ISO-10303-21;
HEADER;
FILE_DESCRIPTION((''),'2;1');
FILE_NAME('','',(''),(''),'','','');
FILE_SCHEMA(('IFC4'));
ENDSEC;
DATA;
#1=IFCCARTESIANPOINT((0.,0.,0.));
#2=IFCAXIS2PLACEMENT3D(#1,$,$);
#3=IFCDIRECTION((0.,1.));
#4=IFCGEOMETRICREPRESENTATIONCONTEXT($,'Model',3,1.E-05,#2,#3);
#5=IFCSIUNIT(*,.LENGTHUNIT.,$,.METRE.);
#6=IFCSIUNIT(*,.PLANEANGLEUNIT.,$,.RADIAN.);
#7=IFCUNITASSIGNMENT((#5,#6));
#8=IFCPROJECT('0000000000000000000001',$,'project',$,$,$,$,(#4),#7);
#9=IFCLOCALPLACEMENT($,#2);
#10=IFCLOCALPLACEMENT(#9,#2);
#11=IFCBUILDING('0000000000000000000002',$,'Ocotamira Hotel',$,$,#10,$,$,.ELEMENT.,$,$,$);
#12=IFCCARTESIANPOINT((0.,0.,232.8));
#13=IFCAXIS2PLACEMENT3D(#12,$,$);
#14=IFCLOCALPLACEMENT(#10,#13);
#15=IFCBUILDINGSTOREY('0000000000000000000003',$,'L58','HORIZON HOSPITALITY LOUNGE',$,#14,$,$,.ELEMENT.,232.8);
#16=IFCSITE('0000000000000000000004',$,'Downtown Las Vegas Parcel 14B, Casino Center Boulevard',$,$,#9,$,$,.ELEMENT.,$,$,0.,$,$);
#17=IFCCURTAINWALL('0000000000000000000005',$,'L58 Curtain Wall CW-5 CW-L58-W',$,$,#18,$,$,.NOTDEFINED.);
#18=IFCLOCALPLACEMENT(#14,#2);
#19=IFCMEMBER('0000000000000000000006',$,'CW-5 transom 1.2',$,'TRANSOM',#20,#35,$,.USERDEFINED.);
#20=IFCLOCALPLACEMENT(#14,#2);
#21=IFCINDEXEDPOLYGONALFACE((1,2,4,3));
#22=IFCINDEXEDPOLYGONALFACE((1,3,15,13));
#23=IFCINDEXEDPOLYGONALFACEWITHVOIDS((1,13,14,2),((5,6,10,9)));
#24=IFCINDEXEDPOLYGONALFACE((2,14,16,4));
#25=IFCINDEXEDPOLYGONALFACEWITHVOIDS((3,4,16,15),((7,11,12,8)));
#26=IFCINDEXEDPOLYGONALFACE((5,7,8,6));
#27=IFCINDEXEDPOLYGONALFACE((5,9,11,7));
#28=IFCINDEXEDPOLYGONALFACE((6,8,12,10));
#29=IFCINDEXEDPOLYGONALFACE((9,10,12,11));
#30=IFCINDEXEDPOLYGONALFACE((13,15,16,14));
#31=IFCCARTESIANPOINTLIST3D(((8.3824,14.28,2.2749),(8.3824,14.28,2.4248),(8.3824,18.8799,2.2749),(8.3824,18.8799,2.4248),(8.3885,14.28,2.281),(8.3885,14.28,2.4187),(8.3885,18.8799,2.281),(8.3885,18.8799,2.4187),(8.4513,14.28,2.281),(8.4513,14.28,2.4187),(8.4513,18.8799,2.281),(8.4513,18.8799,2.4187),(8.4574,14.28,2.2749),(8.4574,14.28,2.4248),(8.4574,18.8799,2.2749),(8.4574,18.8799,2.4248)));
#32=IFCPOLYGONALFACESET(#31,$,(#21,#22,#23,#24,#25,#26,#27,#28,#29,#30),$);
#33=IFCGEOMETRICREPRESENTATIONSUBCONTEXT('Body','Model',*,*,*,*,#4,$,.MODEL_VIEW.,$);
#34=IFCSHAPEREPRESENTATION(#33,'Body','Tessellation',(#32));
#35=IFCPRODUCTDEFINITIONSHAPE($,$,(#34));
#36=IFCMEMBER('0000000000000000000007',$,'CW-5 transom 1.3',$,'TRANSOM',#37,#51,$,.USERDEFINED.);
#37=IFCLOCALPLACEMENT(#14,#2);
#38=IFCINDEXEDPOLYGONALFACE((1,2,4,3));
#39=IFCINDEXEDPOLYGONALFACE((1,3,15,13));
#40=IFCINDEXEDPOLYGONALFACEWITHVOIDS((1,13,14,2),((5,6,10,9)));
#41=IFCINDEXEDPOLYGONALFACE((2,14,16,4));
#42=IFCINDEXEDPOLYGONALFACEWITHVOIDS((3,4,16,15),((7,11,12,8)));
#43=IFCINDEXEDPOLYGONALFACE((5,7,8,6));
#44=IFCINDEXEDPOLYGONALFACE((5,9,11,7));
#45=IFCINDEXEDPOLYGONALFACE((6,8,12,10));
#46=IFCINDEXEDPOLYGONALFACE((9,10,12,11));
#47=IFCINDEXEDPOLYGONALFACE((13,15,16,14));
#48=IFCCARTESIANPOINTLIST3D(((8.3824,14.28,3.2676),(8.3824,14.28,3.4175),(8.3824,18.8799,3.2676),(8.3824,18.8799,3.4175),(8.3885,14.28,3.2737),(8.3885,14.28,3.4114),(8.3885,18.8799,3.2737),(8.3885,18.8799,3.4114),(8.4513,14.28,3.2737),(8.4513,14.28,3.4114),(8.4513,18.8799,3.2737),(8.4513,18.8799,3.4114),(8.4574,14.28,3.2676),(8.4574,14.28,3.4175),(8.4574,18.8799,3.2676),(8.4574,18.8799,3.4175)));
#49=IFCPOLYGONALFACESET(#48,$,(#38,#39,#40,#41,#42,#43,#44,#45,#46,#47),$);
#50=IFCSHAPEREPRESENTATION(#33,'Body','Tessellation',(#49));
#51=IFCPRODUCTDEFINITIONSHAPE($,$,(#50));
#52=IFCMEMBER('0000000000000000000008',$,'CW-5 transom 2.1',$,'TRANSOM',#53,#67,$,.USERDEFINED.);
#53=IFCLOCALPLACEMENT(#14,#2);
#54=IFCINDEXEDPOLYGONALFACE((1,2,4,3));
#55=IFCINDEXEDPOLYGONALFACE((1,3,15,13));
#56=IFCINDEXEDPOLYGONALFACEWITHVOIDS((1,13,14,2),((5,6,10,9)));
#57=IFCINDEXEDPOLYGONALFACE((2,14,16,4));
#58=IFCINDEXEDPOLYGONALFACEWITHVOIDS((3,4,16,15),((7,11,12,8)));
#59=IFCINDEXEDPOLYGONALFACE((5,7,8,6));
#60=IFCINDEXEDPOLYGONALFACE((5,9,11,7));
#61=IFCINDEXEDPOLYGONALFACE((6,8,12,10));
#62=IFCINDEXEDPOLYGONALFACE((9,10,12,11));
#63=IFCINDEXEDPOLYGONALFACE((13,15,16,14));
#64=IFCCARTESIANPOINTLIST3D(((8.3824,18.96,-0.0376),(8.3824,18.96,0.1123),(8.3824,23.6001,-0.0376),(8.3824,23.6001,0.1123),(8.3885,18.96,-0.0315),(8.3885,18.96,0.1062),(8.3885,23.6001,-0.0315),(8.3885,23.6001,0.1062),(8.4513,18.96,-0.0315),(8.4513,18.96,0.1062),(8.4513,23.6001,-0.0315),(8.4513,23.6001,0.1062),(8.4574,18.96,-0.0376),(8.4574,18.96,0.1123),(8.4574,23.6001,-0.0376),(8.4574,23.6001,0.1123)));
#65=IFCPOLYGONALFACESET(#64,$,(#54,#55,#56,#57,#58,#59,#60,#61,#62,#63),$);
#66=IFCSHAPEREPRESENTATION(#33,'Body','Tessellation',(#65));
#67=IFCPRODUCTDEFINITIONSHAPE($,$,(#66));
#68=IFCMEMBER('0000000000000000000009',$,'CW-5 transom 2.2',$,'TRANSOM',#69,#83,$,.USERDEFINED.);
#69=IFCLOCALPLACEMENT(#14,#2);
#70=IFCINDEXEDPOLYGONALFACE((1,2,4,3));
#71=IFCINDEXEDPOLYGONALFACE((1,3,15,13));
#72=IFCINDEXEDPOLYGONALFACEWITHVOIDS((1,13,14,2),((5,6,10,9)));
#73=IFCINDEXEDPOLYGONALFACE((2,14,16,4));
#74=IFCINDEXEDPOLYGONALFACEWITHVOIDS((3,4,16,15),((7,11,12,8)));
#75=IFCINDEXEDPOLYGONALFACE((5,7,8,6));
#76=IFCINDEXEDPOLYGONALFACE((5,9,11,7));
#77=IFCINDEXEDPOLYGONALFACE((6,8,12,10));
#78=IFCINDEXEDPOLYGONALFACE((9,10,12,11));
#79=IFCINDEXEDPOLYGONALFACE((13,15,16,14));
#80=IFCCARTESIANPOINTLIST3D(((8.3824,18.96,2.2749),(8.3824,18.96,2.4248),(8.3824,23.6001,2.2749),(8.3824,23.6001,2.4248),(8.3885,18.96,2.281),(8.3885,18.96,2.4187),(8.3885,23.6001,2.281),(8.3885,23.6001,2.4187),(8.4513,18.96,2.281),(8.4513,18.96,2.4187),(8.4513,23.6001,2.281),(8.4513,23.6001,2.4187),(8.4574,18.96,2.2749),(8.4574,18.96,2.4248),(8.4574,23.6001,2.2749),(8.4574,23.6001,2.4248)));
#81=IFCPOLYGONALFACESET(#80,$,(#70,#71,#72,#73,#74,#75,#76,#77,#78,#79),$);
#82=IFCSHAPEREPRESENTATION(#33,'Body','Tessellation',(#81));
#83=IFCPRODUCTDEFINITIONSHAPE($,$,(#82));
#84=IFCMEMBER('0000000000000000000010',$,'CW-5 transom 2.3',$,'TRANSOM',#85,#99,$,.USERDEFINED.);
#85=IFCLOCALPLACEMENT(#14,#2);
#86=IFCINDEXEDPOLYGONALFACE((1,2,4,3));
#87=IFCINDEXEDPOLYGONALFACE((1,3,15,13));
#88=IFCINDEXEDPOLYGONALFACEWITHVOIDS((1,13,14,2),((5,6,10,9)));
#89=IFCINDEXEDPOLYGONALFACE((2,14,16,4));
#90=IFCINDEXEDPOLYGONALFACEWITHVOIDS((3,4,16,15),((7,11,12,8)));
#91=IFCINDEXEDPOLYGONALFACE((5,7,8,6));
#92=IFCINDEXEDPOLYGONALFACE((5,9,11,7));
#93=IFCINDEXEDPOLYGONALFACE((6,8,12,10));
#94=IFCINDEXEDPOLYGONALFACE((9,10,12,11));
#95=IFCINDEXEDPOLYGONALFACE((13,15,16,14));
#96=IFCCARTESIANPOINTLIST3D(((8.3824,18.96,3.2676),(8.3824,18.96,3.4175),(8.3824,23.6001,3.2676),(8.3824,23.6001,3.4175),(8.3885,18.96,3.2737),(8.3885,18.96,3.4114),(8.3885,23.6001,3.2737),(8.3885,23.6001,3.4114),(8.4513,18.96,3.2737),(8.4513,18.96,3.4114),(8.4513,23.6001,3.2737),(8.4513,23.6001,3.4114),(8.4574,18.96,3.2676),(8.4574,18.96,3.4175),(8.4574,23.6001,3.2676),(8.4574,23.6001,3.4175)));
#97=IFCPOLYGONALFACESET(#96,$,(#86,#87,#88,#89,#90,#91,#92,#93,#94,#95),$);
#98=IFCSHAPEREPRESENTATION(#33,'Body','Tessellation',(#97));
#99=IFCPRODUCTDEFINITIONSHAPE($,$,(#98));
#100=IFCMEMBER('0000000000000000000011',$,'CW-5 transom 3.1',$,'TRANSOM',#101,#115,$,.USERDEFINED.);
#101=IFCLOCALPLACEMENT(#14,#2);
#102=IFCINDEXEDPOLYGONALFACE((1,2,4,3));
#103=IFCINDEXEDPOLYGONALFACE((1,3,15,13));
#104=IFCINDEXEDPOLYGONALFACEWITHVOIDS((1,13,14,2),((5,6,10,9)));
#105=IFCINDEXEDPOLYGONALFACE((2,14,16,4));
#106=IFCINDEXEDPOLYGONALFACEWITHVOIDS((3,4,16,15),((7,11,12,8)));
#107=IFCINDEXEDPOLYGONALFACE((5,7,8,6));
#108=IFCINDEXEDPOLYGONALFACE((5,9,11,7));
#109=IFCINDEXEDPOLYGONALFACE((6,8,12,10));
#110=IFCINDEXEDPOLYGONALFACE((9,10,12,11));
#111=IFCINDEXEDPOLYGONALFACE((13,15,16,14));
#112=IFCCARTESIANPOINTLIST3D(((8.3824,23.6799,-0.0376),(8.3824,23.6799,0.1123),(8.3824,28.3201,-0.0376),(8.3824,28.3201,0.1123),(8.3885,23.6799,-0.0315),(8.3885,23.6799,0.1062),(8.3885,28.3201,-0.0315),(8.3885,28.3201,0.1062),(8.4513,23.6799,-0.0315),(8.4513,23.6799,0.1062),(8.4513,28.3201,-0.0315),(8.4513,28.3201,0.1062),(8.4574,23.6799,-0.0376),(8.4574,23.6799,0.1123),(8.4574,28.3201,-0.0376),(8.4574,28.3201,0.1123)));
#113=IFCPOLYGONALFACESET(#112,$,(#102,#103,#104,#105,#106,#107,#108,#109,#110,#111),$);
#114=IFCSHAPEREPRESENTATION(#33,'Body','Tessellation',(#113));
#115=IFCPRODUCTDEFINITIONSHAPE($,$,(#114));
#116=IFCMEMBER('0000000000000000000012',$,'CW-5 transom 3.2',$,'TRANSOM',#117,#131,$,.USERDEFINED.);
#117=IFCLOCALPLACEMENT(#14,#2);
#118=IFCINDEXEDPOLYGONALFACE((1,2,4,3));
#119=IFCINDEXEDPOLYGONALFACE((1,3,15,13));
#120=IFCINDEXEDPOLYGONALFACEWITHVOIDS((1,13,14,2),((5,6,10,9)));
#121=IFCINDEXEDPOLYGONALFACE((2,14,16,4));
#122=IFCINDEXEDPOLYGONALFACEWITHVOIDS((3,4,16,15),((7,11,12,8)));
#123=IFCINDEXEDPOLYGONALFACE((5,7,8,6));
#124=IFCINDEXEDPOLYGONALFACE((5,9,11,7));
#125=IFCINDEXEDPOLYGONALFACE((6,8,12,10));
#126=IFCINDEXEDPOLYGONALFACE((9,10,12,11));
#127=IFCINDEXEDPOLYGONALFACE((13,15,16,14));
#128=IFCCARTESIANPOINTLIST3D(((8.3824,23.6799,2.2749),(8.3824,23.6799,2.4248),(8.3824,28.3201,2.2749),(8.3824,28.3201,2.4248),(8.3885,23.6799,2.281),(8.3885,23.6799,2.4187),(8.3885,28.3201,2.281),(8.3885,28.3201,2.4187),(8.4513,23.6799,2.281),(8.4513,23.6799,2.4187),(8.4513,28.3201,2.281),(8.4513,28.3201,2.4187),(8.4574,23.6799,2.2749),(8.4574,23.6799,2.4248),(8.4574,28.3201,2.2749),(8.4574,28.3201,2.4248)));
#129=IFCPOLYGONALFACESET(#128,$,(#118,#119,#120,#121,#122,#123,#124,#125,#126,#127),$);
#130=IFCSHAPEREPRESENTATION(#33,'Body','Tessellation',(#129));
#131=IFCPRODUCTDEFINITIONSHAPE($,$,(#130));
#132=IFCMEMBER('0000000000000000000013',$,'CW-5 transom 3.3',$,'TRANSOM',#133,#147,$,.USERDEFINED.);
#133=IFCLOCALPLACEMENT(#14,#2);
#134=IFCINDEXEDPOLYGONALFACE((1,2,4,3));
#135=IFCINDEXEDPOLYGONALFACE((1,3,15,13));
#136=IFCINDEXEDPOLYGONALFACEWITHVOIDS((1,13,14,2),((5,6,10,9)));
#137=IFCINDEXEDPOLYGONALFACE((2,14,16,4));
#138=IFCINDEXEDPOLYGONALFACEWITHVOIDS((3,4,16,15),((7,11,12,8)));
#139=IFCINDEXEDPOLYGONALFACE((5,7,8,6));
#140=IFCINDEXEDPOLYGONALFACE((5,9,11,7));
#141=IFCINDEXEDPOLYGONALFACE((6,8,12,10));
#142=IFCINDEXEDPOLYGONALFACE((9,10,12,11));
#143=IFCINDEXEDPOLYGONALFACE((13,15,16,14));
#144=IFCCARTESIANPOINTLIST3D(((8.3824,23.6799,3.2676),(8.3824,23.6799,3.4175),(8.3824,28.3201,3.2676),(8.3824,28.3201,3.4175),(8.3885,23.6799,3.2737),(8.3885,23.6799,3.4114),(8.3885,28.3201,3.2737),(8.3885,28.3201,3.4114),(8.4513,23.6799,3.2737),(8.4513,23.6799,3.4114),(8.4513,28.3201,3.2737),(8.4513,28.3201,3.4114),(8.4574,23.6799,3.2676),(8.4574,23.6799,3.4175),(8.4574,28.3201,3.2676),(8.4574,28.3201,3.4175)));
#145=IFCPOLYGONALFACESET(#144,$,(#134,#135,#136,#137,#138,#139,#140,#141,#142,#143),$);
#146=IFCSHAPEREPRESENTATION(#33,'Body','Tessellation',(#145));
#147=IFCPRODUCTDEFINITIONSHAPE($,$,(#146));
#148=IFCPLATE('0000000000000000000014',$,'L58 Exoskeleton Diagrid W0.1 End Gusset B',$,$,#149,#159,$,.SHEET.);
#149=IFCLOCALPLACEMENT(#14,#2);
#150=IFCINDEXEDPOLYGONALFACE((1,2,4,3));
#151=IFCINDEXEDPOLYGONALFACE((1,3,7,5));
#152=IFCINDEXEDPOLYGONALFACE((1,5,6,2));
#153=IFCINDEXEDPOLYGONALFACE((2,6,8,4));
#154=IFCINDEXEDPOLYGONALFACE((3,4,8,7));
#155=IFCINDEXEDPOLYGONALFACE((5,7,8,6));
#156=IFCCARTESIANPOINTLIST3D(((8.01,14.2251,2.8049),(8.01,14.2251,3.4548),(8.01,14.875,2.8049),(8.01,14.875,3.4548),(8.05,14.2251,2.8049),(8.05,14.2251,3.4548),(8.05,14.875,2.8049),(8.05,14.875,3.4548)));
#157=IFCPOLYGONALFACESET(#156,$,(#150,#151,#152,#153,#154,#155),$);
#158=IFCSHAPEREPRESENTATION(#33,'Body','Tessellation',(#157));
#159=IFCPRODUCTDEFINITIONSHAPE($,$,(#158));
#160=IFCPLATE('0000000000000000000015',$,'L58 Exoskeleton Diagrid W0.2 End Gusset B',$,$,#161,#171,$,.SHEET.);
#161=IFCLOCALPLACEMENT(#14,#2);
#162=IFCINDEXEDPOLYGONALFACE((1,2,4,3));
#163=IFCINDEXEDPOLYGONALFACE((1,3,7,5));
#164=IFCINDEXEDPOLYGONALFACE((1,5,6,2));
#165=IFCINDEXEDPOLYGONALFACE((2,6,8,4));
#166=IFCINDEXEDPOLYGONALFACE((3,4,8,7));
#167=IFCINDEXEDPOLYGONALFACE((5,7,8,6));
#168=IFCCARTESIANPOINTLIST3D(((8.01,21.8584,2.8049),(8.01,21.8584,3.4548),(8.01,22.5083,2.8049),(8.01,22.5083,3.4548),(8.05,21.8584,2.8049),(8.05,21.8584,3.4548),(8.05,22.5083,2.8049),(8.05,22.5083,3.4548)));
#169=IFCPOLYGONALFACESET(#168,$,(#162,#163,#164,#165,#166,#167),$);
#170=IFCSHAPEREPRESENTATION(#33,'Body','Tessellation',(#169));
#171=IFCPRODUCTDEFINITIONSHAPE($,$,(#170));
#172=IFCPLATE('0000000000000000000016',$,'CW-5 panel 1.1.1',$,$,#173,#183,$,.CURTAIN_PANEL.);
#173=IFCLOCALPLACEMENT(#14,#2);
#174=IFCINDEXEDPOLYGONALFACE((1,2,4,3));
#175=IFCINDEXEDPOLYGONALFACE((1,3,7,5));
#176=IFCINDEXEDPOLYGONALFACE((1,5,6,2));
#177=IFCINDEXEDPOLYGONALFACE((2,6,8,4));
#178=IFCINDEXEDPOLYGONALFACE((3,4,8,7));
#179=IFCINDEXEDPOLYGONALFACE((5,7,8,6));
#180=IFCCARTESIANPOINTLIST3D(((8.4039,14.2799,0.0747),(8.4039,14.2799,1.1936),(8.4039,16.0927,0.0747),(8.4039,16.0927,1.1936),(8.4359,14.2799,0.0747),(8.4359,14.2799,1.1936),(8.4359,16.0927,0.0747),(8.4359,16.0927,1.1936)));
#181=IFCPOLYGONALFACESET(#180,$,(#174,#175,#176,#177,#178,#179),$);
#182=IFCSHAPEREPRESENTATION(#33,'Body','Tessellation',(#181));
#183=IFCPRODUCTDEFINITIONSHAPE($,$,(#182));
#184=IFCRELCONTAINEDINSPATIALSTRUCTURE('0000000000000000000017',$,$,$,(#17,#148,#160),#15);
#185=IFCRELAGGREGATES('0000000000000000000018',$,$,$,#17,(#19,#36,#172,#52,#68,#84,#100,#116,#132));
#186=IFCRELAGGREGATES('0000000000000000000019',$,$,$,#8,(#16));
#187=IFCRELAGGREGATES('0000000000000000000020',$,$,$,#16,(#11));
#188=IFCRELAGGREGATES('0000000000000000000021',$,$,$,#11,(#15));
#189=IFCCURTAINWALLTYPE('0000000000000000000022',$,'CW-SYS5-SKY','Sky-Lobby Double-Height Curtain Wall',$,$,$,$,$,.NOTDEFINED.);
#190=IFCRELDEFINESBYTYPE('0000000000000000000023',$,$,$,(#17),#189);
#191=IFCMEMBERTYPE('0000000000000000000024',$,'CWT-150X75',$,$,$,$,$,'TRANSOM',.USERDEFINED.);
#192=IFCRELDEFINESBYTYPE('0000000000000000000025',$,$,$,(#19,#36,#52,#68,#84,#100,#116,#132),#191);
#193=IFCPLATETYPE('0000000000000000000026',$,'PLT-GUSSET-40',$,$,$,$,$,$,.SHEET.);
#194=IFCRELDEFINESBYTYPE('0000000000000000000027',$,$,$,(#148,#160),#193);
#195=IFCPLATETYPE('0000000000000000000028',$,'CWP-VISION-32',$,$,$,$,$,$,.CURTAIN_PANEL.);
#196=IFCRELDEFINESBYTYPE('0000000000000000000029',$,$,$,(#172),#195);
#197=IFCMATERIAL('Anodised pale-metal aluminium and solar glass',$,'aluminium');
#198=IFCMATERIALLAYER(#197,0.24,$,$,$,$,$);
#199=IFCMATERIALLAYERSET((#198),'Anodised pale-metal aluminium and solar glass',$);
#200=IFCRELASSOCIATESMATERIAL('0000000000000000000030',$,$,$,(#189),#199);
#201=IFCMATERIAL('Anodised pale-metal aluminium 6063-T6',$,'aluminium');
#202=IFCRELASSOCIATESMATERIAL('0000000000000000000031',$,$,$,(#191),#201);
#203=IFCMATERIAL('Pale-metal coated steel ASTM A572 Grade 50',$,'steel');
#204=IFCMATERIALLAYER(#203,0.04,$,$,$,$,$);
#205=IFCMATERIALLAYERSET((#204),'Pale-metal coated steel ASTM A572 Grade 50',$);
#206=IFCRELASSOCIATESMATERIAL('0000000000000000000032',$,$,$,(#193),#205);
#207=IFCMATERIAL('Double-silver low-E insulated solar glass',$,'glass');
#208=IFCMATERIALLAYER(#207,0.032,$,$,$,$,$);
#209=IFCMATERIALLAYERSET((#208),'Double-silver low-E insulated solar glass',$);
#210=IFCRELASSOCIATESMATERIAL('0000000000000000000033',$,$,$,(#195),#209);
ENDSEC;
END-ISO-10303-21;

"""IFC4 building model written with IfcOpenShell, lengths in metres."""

from ifc_helpers import new_model, si_unit, direction, frame, origin, origin_2d, place, context, subcontext, project, spatial, rectangle, hollow_rectangle, extrude, source, transform, mapped, material, layer, layer_set, material_profile, profile_set, type_object, element, aggregate, save


model = new_model("IFC4")

# Units and contexts
model_context = context("Model", 3, precision=1e-05, world=origin(), true_north=direction((0.0, 1.0)))
body_context = subcontext(model_context, "Body", "Model", "MODEL_VIEW")
ifc_project = project(units=[si_unit("LENGTHUNIT", "METRE"), si_unit("PLANEANGLEUNIT", "RADIAN")], contexts=[model_context])

# Site, building, storey
site_placement = place(None, origin())
site = spatial("IfcSite", under=ifc_project, at=site_placement, Name="Downtown Las Vegas Parcel 14B, Casino Center Boulevard", CompositionType="ELEMENT", RefElevation=0.0)
building_placement = place(site_placement, origin())
building = spatial("IfcBuilding", under=site, at=building_placement, Name="Ocotamira Hotel", CompositionType="ELEMENT")
storey_placement = place(building_placement, frame((0.0, 0.0, 232.8)))
storey = spatial("IfcBuildingStorey", under=building, at=storey_placement, Name="L58", Description="HORIZON HOSPITALITY LOUNGE", CompositionType="ELEMENT", Elevation=232.8)

# Curtain wall, members
ifc_material_1 = material(Name="Anodised pale-metal aluminium and solar glass", Category="aluminium")
ifc_layer_1 = layer(ifc_material_1, 0.24)
ifc_layer_set_1 = layer_set([ifc_layer_1], Name="Anodised pale-metal aluminium and solar glass")
curtain_wall_type = type_object("IfcCurtainWallType", Name="CW-SYS5-SKY", Description="Sky-Lobby Double-Height Curtain Wall", PredefinedType="NOTDEFINED", material=ifc_layer_set_1)
curtain_wall_placement = place(storey_placement, origin())
curtain_wall = element("IfcCurtainWall", 1, at=curtain_wall_placement, inside=storey, type_object=curtain_wall_type, Name="L58 Curtain Wall CW-5 CW-L58-W", PredefinedType="NOTDEFINED")
ifc_material_2 = material(Name="Anodised pale-metal aluminium 6063-T6", Category="aluminium")
ifc_material_profile_1 = material_profile(ifc_material_2, hollow_rectangle(XDim=0.075, YDim=0.1499, WallThickness=0.0061, at=origin_2d()), Name="HSS150X75X6")
ifc_profile_set_1 = profile_set([ifc_material_profile_1], Name="Anodised pale-metal aluminium 6063-T6")
member_type_1 = type_object("IfcMemberType", Name="CWT-150X75", ElementType="TRANSOM", PredefinedType="USERDEFINED", material=ifc_profile_set_1)
shared_shape_1 = source(origin(), body_context, "Body", "SweptSolid", [
    extrude(hollow_rectangle(XDim=0.075, YDim=0.1499, WallThickness=0.0061, at=origin_2d()), origin(), (0.0, 0.0, 1.0), 4.5999),
])
member_1_placement = place(storey_placement, frame((8.4199, 14.28, 2.3499), z_axis=(0.0, 1.0, 0.0), x_axis=(-1.0, 0.0, 0.0)))
member_1 = element("IfcMember", 2, at=member_1_placement, type_object=member_type_1, Name="CW-5 transom 1.2", ObjectType="TRANSOM", PredefinedType="USERDEFINED", context=body_context, shape_type="MappedRepresentation", body=[
    mapped(shared_shape_1, transform((0.0, 0.0, 0.0), scale=1.0)),
])
member_2_placement = place(storey_placement, frame((8.4199, 14.28, 3.3425), z_axis=(0.0, 1.0, 0.0), x_axis=(-1.0, 0.0, 0.0)))
member_2 = element("IfcMember", 3, at=member_2_placement, type_object=member_type_1, Name="CW-5 transom 1.3", ObjectType="TRANSOM", PredefinedType="USERDEFINED", context=body_context, shape_type="MappedRepresentation", body=[
    mapped(shared_shape_1, transform((0.0, 0.0, 0.0), scale=1.0)),
])
shared_shape_2 = source(origin(), body_context, "Body", "SweptSolid", [
    extrude(hollow_rectangle(XDim=0.075, YDim=0.1499, WallThickness=0.0061, at=origin_2d()), origin(), (0.0, 0.0, 1.0), 4.6401),
])
member_3_placement = place(storey_placement, frame((8.4199, 18.96, 0.0374), z_axis=(0.0, 1.0, 0.0), x_axis=(-1.0, 0.0, 0.0)))
member_3 = element("IfcMember", 4, at=member_3_placement, type_object=member_type_1, Name="CW-5 transom 2.1", ObjectType="TRANSOM", PredefinedType="USERDEFINED", context=body_context, shape_type="MappedRepresentation", body=[
    mapped(shared_shape_2, transform((0.0, 0.0, 0.0), scale=1.0)),
])
member_4_placement = place(storey_placement, frame((8.4199, 18.96, 2.3499), z_axis=(0.0, 1.0, 0.0), x_axis=(-1.0, 0.0, 0.0)))
member_4 = element("IfcMember", 5, at=member_4_placement, type_object=member_type_1, Name="CW-5 transom 2.2", ObjectType="TRANSOM", PredefinedType="USERDEFINED", context=body_context, shape_type="MappedRepresentation", body=[
    mapped(shared_shape_2, transform((0.0, 0.0, 0.0), scale=1.0)),
])
member_5_placement = place(storey_placement, frame((8.4199, 18.96, 3.3425), z_axis=(0.0, 1.0, 0.0), x_axis=(-1.0, 0.0, 0.0)))
member_5 = element("IfcMember", 6, at=member_5_placement, type_object=member_type_1, Name="CW-5 transom 2.3", ObjectType="TRANSOM", PredefinedType="USERDEFINED", context=body_context, shape_type="MappedRepresentation", body=[
    mapped(shared_shape_2, transform((0.0, 0.0, 0.0), scale=1.0)),
])
member_6_placement = place(storey_placement, frame((8.4199, 23.6799, 0.0374), z_axis=(0.0, 1.0, 0.0), x_axis=(-1.0, 0.0, 0.0)))
member_6 = element("IfcMember", 7, at=member_6_placement, type_object=member_type_1, Name="CW-5 transom 3.1", ObjectType="TRANSOM", PredefinedType="USERDEFINED", context=body_context, shape_type="MappedRepresentation", body=[
    mapped(shared_shape_2, transform((0.0, 0.0, 0.0), scale=1.0)),
])
member_7_placement = place(storey_placement, frame((8.4199, 23.6799, 2.3499), z_axis=(0.0, 1.0, 0.0), x_axis=(-1.0, 0.0, 0.0)))
member_7 = element("IfcMember", 8, at=member_7_placement, type_object=member_type_1, Name="CW-5 transom 3.2", ObjectType="TRANSOM", PredefinedType="USERDEFINED", context=body_context, shape_type="MappedRepresentation", body=[
    mapped(shared_shape_2, transform((0.0, 0.0, 0.0), scale=1.0)),
])
member_8_placement = place(storey_placement, frame((8.4199, 23.6799, 3.3425), z_axis=(0.0, 1.0, 0.0), x_axis=(-1.0, 0.0, 0.0)))
member_8 = element("IfcMember", 9, at=member_8_placement, type_object=member_type_1, Name="CW-5 transom 3.3", ObjectType="TRANSOM", PredefinedType="USERDEFINED", context=body_context, shape_type="MappedRepresentation", body=[
    mapped(shared_shape_2, transform((0.0, 0.0, 0.0), scale=1.0)),
])

# Plates
ifc_material_3 = material(Name="Pale-metal coated steel ASTM A572 Grade 50", Category="steel")
ifc_layer_2 = layer(ifc_material_3, 0.04)
ifc_layer_set_2 = layer_set([ifc_layer_2], Name="Pale-metal coated steel ASTM A572 Grade 50")
plate_type_1 = type_object("IfcPlateType", Name="PLT-GUSSET-40", PredefinedType="SHEET", material=ifc_layer_set_2)
shared_shape_3 = source(origin(), body_context, "Body", "SweptSolid", [
    extrude(rectangle(XDim=0.04, YDim=0.6499, at=origin_2d()), origin(), (0.0, 0.0, 1.0), 0.6499),
])
for number, where, z_axis, x_axis, name in (
    (10, (8.03, 14.55, 2.8049), (0.0, 0.0, 1.0), (1.0, 0.0, 0.0), "L58 Exoskeleton Diagrid W0.1 End Gusset B"),
    (11, (8.03, 22.1833, 2.8049), (0.0, 0.0, 1.0), (1.0, 0.0, 0.0), "L58 Exoskeleton Diagrid W0.2 End Gusset B"),
):
    element("IfcPlate", number, at=place(storey_placement, frame(where, z_axis=z_axis, x_axis=x_axis)), inside=storey, type_object=plate_type_1, Name=name, PredefinedType="SHEET", context=body_context, shape_type="MappedRepresentation", body=[
        mapped(shared_shape_3, transform((0.0, 0.0, 0.0), scale=1.0)),
    ])

# Plate
ifc_material_4 = material(Name="Double-silver low-E insulated solar glass", Category="glass")
ifc_layer_3 = layer(ifc_material_4, 0.032)
ifc_layer_set_3 = layer_set([ifc_layer_3], Name="Double-silver low-E insulated solar glass")
plate_type_2 = type_object("IfcPlateType", Name="CWP-VISION-32", PredefinedType="CURTAIN_PANEL", material=ifc_layer_set_3)
shared_shape_4 = source(origin(), body_context, "Body", "SweptSolid", [
    extrude(rectangle(XDim=1.8127, YDim=0.032, at=origin_2d()), origin(), (0.0, 0.0, 1.0), 1.1189),
])
plate_1_placement = place(storey_placement, frame((8.4199, 15.1863, 0.0747), z_axis=(0.0, 0.0, 1.0), x_axis=(0.0, 1.0, 0.0)))
plate_1 = element("IfcPlate", 12, at=plate_1_placement, type_object=plate_type_2, Name="CW-5 panel 1.1.1", PredefinedType="CURTAIN_PANEL", context=body_context, shape_type="MappedRepresentation", body=[
    mapped(shared_shape_4, transform((0.0, 0.0, 0.0), scale=1.0)),
])
aggregate(curtain_wall, [member_1, member_2, plate_1, member_3, member_4, member_5, member_6, member_7, member_8])

save(model, "model.ifc")
